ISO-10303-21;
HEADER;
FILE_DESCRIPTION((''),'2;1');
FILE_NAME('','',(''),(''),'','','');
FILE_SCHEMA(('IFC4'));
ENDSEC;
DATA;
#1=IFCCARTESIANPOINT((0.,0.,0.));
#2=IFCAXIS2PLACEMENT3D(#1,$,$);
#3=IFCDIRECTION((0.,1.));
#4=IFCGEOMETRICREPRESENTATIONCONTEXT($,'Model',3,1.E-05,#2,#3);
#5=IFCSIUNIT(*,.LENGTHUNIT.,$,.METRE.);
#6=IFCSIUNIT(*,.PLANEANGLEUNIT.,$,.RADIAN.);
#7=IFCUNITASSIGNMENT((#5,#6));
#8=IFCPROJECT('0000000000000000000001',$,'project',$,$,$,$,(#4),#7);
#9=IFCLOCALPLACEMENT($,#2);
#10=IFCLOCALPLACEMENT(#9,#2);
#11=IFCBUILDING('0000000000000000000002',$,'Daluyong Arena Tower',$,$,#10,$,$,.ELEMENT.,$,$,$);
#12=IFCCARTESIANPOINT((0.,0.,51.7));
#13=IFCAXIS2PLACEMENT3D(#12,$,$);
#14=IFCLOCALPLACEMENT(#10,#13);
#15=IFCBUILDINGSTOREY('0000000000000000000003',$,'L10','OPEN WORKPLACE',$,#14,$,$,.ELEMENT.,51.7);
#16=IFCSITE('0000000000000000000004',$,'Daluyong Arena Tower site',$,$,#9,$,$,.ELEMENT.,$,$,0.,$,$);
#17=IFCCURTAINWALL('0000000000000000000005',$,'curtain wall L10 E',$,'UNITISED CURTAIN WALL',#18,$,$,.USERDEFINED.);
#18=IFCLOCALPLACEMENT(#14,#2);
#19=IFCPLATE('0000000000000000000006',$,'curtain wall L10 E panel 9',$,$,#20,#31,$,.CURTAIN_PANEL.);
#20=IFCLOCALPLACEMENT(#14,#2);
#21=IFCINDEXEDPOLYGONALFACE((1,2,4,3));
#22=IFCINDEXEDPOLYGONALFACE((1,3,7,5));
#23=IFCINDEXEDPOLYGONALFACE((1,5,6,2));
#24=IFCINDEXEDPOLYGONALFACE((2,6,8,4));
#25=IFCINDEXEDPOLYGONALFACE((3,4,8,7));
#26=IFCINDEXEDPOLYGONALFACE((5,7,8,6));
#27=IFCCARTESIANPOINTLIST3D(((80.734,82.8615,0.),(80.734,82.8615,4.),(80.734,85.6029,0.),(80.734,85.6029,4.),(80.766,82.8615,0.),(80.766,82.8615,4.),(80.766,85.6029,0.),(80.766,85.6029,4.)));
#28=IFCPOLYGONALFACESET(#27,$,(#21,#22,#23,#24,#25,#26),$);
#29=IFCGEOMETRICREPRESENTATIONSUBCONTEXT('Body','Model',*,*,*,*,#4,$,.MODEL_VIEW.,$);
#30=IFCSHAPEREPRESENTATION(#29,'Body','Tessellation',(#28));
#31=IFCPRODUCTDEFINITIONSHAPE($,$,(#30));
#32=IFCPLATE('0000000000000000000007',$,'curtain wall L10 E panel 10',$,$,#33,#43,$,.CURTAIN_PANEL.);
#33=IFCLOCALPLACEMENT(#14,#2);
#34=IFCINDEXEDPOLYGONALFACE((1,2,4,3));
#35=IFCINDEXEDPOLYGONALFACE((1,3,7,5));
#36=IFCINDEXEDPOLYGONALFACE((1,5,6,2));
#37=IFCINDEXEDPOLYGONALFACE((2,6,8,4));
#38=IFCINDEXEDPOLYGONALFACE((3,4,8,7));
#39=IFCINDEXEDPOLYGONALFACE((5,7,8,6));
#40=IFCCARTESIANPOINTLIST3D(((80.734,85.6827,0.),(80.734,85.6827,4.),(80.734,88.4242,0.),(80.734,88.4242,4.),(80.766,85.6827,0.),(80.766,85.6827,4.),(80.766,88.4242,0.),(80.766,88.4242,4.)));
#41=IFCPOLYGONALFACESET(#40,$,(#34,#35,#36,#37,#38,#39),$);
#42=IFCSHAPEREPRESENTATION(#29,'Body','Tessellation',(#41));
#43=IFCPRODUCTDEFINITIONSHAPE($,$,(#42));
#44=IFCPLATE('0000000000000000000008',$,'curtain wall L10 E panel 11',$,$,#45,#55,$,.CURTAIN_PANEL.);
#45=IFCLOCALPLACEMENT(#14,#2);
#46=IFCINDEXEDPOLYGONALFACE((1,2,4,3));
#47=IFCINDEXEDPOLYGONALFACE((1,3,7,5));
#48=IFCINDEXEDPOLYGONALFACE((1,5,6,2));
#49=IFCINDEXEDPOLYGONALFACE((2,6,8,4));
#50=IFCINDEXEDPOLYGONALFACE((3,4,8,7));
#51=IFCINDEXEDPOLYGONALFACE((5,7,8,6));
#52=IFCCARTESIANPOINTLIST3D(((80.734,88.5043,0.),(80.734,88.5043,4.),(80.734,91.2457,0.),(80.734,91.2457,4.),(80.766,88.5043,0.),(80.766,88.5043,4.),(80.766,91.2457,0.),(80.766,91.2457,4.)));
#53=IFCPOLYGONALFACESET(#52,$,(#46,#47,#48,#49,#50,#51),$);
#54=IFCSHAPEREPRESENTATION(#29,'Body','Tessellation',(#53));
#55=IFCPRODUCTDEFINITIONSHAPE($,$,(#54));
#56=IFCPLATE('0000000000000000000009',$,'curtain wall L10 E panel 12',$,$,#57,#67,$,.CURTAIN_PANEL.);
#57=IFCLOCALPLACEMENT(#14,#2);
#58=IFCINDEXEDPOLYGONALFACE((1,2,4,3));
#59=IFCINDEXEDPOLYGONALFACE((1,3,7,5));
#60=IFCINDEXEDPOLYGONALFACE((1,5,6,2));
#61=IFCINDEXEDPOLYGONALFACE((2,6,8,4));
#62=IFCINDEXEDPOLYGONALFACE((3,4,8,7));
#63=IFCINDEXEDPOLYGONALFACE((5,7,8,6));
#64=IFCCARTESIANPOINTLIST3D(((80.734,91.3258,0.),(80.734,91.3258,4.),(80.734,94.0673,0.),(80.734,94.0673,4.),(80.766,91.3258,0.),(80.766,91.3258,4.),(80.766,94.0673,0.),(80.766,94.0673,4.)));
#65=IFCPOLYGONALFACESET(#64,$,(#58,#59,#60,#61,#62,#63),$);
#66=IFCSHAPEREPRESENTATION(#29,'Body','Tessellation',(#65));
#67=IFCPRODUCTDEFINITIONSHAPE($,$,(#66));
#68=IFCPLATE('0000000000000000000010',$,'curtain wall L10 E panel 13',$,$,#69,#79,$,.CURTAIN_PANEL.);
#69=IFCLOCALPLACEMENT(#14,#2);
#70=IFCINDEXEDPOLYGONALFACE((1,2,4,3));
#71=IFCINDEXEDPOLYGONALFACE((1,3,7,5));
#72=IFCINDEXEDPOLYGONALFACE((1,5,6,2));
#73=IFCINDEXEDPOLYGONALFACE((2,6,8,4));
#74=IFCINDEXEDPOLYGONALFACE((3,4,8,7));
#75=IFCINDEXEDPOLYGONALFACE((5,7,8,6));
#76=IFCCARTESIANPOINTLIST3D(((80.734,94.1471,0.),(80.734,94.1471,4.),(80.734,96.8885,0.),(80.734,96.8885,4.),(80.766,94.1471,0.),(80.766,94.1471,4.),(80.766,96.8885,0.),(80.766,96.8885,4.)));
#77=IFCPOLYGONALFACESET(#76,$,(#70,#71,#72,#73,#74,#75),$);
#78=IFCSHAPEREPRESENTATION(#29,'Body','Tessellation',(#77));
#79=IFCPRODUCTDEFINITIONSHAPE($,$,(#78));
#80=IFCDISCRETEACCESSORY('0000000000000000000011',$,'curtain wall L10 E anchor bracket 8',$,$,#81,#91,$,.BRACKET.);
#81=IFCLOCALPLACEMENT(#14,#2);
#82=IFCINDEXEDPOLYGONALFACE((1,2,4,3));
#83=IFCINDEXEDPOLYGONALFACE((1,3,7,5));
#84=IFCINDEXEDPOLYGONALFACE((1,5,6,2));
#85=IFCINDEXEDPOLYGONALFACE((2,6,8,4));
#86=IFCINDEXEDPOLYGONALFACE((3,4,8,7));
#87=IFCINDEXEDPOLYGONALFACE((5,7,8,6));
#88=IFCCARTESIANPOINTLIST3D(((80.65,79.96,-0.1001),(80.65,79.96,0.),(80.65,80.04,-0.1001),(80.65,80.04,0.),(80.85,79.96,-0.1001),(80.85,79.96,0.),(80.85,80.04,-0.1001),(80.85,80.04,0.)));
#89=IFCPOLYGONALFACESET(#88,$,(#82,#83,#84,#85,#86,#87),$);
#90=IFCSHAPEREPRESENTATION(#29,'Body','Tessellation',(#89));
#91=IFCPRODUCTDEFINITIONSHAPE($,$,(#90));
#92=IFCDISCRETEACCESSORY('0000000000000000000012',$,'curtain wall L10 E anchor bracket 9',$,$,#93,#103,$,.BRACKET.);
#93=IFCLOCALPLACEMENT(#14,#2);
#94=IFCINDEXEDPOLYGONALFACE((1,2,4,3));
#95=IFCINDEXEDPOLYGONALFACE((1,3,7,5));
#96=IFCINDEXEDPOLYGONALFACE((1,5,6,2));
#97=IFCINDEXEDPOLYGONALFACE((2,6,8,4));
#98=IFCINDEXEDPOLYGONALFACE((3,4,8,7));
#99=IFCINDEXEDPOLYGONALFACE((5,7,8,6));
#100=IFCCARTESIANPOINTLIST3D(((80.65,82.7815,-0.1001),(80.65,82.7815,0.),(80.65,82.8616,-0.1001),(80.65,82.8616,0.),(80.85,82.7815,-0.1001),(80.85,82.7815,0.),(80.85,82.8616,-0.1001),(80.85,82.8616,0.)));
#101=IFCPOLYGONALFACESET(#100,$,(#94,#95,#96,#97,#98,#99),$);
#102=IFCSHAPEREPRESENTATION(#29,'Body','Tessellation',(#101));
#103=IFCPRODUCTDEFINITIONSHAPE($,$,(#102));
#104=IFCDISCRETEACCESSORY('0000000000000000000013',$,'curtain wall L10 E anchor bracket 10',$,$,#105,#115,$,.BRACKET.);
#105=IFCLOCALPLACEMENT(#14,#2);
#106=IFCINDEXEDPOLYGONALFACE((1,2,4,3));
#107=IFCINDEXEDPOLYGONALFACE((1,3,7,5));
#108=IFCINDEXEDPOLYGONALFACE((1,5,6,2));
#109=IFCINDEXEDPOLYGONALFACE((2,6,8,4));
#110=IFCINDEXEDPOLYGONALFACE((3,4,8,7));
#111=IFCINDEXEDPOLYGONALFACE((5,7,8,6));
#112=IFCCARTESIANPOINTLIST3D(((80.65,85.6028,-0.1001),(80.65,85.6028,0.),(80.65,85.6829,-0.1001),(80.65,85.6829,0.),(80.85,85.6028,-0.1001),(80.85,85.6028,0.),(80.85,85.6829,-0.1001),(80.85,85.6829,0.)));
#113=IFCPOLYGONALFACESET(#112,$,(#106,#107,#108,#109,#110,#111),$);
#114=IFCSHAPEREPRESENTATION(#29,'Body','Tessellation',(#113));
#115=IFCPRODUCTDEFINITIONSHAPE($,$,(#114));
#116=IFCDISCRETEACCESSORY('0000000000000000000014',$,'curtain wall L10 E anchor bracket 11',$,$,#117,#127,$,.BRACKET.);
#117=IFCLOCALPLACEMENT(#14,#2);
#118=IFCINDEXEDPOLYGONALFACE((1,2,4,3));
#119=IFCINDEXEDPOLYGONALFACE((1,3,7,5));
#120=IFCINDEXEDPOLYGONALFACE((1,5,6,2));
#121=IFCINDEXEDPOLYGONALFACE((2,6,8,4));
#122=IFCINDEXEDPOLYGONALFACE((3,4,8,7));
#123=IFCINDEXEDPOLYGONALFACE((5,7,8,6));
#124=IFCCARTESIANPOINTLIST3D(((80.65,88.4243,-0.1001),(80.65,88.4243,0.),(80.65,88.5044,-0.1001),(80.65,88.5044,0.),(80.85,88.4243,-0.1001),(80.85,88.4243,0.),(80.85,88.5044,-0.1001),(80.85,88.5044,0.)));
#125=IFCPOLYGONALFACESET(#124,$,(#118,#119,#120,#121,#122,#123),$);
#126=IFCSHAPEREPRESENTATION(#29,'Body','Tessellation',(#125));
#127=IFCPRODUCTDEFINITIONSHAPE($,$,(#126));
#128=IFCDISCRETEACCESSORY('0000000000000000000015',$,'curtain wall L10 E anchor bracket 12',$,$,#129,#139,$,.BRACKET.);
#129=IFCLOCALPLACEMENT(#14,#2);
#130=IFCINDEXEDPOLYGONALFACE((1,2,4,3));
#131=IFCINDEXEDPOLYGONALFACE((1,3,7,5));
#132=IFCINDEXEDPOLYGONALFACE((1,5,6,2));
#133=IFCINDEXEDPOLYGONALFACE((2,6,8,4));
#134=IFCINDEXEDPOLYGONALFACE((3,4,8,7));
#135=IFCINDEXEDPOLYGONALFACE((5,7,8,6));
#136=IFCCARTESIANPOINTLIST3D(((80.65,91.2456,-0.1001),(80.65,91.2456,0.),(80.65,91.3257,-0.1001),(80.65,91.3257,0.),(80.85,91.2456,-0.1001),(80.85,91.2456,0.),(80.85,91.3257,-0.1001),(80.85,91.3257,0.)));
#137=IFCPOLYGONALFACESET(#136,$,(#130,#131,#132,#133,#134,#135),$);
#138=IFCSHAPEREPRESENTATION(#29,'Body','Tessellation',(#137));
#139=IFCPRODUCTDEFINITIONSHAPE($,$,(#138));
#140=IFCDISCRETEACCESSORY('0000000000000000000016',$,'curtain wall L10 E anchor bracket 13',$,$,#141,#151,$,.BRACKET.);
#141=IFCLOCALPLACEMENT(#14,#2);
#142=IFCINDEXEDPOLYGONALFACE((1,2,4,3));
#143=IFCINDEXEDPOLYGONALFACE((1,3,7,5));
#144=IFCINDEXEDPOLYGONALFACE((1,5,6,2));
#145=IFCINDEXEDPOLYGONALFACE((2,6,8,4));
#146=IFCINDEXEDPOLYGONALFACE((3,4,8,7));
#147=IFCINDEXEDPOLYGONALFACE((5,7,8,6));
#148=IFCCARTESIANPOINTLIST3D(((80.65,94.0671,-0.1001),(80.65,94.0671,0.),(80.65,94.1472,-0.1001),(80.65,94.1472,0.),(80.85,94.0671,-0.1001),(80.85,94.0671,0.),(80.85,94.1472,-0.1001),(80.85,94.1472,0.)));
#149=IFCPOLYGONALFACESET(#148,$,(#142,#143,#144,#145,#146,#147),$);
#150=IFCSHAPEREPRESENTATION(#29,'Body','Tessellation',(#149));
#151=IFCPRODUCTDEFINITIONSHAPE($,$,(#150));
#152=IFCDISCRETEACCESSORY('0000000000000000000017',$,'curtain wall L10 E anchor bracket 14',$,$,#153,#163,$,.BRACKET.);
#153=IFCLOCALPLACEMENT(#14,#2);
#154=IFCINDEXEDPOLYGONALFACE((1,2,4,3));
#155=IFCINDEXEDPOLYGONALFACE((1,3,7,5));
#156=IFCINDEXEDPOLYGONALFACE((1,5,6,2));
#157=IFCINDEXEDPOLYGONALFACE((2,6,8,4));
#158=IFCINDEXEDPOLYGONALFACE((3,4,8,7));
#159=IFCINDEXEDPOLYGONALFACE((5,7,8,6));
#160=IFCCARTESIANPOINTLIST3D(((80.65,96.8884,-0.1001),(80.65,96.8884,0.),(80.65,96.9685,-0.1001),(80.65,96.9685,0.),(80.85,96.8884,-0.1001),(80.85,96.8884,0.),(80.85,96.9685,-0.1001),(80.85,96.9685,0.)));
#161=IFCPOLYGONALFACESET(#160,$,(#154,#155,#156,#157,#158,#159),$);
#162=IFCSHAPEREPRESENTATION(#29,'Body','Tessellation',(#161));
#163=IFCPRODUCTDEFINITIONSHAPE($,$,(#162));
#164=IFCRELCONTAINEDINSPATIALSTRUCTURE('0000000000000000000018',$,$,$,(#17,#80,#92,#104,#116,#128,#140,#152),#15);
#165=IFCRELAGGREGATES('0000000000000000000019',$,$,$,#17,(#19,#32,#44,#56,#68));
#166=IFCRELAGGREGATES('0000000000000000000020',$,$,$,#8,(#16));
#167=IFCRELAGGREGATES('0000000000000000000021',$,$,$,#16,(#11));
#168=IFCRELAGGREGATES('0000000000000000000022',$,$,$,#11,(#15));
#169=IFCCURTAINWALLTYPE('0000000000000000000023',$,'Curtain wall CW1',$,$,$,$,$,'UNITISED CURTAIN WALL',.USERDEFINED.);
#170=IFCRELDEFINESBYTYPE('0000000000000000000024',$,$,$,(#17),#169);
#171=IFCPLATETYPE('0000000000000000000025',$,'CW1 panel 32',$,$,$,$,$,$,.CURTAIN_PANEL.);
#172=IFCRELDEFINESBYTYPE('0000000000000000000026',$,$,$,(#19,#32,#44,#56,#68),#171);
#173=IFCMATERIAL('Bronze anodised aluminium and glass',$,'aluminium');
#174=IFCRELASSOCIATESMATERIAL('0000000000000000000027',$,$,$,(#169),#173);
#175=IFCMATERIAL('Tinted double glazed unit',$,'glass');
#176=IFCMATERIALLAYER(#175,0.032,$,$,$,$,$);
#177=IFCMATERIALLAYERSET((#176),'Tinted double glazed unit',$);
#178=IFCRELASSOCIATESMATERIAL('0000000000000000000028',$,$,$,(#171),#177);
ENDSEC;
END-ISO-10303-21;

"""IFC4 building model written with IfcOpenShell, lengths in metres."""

from ifc_helpers import new_model, si_unit, direction, frame, origin, origin_2d, place, context, subcontext, project, spatial, rectangle, extrude, material, layer, layer_set, type_object, element, aggregate, save


model = new_model("IFC4")

# Units and contexts
model_context = context("Model", 3, precision=1e-05, world=origin(), true_north=direction((0.0, 1.0)))
body_context = subcontext(model_context, "Body", "Model", "MODEL_VIEW")
ifc_project = project(units=[si_unit("LENGTHUNIT", "METRE"), si_unit("PLANEANGLEUNIT", "RADIAN")], contexts=[model_context])

# Site, building, storey
site_placement = place(None, origin())
site = spatial("IfcSite", under=ifc_project, at=site_placement, Name="Daluyong Arena Tower site", CompositionType="ELEMENT", RefElevation=0.0)
building_placement = place(site_placement, origin())
building = spatial("IfcBuilding", under=site, at=building_placement, Name="Daluyong Arena Tower", CompositionType="ELEMENT")
storey_placement = place(building_placement, frame((0.0, 0.0, 51.7)))
storey = spatial("IfcBuildingStorey", under=building, at=storey_placement, Name="L10", Description="OPEN WORKPLACE", CompositionType="ELEMENT", Elevation=51.7)

# Curtain wall
ifc_material_1 = material(Name="Bronze anodised aluminium and glass", Category="aluminium")
curtain_wall_type = type_object("IfcCurtainWallType", Name="Curtain wall CW1", ElementType="UNITISED CURTAIN WALL", PredefinedType="USERDEFINED", material=ifc_material_1)
curtain_wall_placement = place(storey_placement, origin())
curtain_wall = element("IfcCurtainWall", 1, at=curtain_wall_placement, inside=storey, type_object=curtain_wall_type, Name="curtain wall L10 E", ObjectType="UNITISED CURTAIN WALL", PredefinedType="USERDEFINED")

# Plates
ifc_material_2 = material(Name="Tinted double glazed unit", Category="glass")
ifc_layer = layer(ifc_material_2, 0.032)
ifc_layer_set = layer_set([ifc_layer], Name="Tinted double glazed unit")
plate_type = type_object("IfcPlateType", Name="CW1 panel 32", PredefinedType="CURTAIN_PANEL", material=ifc_layer_set)
plate_1_placement = place(storey_placement, frame((80.75, 84.2322, 0.0), z_axis=(0.0, 0.0, 1.0), x_axis=(0.0, 1.0, 0.0)))
plate_1 = element("IfcPlate", 2, at=plate_1_placement, type_object=plate_type, Name="curtain wall L10 E panel 9", PredefinedType="CURTAIN_PANEL", context=body_context, shape_type="SweptSolid", body=[
    extrude(rectangle(XDim=2.7415, YDim=0.032, at=origin_2d()), origin(), (0.0, 0.0, 1.0), 4.0),
])
plate_2_placement = place(storey_placement, frame((80.75, 87.0535, 0.0), z_axis=(0.0, 0.0, 1.0), x_axis=(0.0, 1.0, 0.0)))
plate_2 = element("IfcPlate", 3, at=plate_2_placement, type_object=plate_type, Name="curtain wall L10 E panel 10", PredefinedType="CURTAIN_PANEL", context=body_context, shape_type="SweptSolid", body=[
    extrude(rectangle(XDim=2.7415, YDim=0.032, at=origin_2d()), origin(), (0.0, 0.0, 1.0), 4.0),
])
plate_3_placement = place(storey_placement, frame((80.75, 89.875, 0.0), z_axis=(0.0, 0.0, 1.0), x_axis=(0.0, 1.0, 0.0)))
plate_3 = element("IfcPlate", 4, at=plate_3_placement, type_object=plate_type, Name="curtain wall L10 E panel 11", PredefinedType="CURTAIN_PANEL", context=body_context, shape_type="SweptSolid", body=[
    extrude(rectangle(XDim=2.7415, YDim=0.032, at=origin_2d()), origin(), (0.0, 0.0, 1.0), 4.0),
])
plate_4_placement = place(storey_placement, frame((80.75, 92.6965, 0.0), z_axis=(0.0, 0.0, 1.0), x_axis=(0.0, 1.0, 0.0)))
plate_4 = element("IfcPlate", 5, at=plate_4_placement, type_object=plate_type, Name="curtain wall L10 E panel 12", PredefinedType="CURTAIN_PANEL", context=body_context, shape_type="SweptSolid", body=[
    extrude(rectangle(XDim=2.7415, YDim=0.032, at=origin_2d()), origin(), (0.0, 0.0, 1.0), 4.0),
])
plate_5_placement = place(storey_placement, frame((80.75, 95.5178, 0.0), z_axis=(0.0, 0.0, 1.0), x_axis=(0.0, 1.0, 0.0)))
plate_5 = element("IfcPlate", 6, at=plate_5_placement, type_object=plate_type, Name="curtain wall L10 E panel 13", PredefinedType="CURTAIN_PANEL", context=body_context, shape_type="SweptSolid", body=[
    extrude(rectangle(XDim=2.7415, YDim=0.032, at=origin_2d()), origin(), (0.0, 0.0, 1.0), 4.0),
])
aggregate(curtain_wall, [plate_1, plate_2, plate_3, plate_4, plate_5])

# Discrete accessories
for number, where, z_axis, x_axis, name in (
    (7, (80.75, 80.0, -0.1001), (0.0, 0.0, 1.0), (0.0, 1.0, 0.0), "curtain wall L10 E anchor bracket 8"),
    (8, (80.75, 82.8215, -0.1001), (0.0, 0.0, 1.0), (0.0, 1.0, 0.0), "curtain wall L10 E anchor bracket 9"),
    (9, (80.75, 85.6428, -0.1001), (0.0, 0.0, 1.0), (0.0, 1.0, 0.0), "curtain wall L10 E anchor bracket 10"),
    (10, (80.75, 88.4644, -0.1001), (0.0, 0.0, 1.0), (0.0, 1.0, 0.0), "curtain wall L10 E anchor bracket 11"),
    (11, (80.75, 91.2856, -0.1001), (0.0, 0.0, 1.0), (0.0, 1.0, 0.0), "curtain wall L10 E anchor bracket 12"),
    (12, (80.75, 94.1072, -0.1001), (0.0, 0.0, 1.0), (0.0, 1.0, 0.0), "curtain wall L10 E anchor bracket 13"),
    (13, (80.75, 96.9285, -0.1001), (0.0, 0.0, 1.0), (0.0, 1.0, 0.0), "curtain wall L10 E anchor bracket 14"),
):
    element("IfcDiscreteAccessory", number, at=place(storey_placement, frame(where, z_axis=z_axis, x_axis=x_axis)), inside=storey, Name=name, PredefinedType="BRACKET", context=body_context, shape_type="SweptSolid", body=[
        extrude(rectangle(XDim=0.0801, YDim=0.2, at=origin_2d()), origin(), (0.0, 0.0, 1.0), 0.1001),
    ])

save(model, "model.ifc")
